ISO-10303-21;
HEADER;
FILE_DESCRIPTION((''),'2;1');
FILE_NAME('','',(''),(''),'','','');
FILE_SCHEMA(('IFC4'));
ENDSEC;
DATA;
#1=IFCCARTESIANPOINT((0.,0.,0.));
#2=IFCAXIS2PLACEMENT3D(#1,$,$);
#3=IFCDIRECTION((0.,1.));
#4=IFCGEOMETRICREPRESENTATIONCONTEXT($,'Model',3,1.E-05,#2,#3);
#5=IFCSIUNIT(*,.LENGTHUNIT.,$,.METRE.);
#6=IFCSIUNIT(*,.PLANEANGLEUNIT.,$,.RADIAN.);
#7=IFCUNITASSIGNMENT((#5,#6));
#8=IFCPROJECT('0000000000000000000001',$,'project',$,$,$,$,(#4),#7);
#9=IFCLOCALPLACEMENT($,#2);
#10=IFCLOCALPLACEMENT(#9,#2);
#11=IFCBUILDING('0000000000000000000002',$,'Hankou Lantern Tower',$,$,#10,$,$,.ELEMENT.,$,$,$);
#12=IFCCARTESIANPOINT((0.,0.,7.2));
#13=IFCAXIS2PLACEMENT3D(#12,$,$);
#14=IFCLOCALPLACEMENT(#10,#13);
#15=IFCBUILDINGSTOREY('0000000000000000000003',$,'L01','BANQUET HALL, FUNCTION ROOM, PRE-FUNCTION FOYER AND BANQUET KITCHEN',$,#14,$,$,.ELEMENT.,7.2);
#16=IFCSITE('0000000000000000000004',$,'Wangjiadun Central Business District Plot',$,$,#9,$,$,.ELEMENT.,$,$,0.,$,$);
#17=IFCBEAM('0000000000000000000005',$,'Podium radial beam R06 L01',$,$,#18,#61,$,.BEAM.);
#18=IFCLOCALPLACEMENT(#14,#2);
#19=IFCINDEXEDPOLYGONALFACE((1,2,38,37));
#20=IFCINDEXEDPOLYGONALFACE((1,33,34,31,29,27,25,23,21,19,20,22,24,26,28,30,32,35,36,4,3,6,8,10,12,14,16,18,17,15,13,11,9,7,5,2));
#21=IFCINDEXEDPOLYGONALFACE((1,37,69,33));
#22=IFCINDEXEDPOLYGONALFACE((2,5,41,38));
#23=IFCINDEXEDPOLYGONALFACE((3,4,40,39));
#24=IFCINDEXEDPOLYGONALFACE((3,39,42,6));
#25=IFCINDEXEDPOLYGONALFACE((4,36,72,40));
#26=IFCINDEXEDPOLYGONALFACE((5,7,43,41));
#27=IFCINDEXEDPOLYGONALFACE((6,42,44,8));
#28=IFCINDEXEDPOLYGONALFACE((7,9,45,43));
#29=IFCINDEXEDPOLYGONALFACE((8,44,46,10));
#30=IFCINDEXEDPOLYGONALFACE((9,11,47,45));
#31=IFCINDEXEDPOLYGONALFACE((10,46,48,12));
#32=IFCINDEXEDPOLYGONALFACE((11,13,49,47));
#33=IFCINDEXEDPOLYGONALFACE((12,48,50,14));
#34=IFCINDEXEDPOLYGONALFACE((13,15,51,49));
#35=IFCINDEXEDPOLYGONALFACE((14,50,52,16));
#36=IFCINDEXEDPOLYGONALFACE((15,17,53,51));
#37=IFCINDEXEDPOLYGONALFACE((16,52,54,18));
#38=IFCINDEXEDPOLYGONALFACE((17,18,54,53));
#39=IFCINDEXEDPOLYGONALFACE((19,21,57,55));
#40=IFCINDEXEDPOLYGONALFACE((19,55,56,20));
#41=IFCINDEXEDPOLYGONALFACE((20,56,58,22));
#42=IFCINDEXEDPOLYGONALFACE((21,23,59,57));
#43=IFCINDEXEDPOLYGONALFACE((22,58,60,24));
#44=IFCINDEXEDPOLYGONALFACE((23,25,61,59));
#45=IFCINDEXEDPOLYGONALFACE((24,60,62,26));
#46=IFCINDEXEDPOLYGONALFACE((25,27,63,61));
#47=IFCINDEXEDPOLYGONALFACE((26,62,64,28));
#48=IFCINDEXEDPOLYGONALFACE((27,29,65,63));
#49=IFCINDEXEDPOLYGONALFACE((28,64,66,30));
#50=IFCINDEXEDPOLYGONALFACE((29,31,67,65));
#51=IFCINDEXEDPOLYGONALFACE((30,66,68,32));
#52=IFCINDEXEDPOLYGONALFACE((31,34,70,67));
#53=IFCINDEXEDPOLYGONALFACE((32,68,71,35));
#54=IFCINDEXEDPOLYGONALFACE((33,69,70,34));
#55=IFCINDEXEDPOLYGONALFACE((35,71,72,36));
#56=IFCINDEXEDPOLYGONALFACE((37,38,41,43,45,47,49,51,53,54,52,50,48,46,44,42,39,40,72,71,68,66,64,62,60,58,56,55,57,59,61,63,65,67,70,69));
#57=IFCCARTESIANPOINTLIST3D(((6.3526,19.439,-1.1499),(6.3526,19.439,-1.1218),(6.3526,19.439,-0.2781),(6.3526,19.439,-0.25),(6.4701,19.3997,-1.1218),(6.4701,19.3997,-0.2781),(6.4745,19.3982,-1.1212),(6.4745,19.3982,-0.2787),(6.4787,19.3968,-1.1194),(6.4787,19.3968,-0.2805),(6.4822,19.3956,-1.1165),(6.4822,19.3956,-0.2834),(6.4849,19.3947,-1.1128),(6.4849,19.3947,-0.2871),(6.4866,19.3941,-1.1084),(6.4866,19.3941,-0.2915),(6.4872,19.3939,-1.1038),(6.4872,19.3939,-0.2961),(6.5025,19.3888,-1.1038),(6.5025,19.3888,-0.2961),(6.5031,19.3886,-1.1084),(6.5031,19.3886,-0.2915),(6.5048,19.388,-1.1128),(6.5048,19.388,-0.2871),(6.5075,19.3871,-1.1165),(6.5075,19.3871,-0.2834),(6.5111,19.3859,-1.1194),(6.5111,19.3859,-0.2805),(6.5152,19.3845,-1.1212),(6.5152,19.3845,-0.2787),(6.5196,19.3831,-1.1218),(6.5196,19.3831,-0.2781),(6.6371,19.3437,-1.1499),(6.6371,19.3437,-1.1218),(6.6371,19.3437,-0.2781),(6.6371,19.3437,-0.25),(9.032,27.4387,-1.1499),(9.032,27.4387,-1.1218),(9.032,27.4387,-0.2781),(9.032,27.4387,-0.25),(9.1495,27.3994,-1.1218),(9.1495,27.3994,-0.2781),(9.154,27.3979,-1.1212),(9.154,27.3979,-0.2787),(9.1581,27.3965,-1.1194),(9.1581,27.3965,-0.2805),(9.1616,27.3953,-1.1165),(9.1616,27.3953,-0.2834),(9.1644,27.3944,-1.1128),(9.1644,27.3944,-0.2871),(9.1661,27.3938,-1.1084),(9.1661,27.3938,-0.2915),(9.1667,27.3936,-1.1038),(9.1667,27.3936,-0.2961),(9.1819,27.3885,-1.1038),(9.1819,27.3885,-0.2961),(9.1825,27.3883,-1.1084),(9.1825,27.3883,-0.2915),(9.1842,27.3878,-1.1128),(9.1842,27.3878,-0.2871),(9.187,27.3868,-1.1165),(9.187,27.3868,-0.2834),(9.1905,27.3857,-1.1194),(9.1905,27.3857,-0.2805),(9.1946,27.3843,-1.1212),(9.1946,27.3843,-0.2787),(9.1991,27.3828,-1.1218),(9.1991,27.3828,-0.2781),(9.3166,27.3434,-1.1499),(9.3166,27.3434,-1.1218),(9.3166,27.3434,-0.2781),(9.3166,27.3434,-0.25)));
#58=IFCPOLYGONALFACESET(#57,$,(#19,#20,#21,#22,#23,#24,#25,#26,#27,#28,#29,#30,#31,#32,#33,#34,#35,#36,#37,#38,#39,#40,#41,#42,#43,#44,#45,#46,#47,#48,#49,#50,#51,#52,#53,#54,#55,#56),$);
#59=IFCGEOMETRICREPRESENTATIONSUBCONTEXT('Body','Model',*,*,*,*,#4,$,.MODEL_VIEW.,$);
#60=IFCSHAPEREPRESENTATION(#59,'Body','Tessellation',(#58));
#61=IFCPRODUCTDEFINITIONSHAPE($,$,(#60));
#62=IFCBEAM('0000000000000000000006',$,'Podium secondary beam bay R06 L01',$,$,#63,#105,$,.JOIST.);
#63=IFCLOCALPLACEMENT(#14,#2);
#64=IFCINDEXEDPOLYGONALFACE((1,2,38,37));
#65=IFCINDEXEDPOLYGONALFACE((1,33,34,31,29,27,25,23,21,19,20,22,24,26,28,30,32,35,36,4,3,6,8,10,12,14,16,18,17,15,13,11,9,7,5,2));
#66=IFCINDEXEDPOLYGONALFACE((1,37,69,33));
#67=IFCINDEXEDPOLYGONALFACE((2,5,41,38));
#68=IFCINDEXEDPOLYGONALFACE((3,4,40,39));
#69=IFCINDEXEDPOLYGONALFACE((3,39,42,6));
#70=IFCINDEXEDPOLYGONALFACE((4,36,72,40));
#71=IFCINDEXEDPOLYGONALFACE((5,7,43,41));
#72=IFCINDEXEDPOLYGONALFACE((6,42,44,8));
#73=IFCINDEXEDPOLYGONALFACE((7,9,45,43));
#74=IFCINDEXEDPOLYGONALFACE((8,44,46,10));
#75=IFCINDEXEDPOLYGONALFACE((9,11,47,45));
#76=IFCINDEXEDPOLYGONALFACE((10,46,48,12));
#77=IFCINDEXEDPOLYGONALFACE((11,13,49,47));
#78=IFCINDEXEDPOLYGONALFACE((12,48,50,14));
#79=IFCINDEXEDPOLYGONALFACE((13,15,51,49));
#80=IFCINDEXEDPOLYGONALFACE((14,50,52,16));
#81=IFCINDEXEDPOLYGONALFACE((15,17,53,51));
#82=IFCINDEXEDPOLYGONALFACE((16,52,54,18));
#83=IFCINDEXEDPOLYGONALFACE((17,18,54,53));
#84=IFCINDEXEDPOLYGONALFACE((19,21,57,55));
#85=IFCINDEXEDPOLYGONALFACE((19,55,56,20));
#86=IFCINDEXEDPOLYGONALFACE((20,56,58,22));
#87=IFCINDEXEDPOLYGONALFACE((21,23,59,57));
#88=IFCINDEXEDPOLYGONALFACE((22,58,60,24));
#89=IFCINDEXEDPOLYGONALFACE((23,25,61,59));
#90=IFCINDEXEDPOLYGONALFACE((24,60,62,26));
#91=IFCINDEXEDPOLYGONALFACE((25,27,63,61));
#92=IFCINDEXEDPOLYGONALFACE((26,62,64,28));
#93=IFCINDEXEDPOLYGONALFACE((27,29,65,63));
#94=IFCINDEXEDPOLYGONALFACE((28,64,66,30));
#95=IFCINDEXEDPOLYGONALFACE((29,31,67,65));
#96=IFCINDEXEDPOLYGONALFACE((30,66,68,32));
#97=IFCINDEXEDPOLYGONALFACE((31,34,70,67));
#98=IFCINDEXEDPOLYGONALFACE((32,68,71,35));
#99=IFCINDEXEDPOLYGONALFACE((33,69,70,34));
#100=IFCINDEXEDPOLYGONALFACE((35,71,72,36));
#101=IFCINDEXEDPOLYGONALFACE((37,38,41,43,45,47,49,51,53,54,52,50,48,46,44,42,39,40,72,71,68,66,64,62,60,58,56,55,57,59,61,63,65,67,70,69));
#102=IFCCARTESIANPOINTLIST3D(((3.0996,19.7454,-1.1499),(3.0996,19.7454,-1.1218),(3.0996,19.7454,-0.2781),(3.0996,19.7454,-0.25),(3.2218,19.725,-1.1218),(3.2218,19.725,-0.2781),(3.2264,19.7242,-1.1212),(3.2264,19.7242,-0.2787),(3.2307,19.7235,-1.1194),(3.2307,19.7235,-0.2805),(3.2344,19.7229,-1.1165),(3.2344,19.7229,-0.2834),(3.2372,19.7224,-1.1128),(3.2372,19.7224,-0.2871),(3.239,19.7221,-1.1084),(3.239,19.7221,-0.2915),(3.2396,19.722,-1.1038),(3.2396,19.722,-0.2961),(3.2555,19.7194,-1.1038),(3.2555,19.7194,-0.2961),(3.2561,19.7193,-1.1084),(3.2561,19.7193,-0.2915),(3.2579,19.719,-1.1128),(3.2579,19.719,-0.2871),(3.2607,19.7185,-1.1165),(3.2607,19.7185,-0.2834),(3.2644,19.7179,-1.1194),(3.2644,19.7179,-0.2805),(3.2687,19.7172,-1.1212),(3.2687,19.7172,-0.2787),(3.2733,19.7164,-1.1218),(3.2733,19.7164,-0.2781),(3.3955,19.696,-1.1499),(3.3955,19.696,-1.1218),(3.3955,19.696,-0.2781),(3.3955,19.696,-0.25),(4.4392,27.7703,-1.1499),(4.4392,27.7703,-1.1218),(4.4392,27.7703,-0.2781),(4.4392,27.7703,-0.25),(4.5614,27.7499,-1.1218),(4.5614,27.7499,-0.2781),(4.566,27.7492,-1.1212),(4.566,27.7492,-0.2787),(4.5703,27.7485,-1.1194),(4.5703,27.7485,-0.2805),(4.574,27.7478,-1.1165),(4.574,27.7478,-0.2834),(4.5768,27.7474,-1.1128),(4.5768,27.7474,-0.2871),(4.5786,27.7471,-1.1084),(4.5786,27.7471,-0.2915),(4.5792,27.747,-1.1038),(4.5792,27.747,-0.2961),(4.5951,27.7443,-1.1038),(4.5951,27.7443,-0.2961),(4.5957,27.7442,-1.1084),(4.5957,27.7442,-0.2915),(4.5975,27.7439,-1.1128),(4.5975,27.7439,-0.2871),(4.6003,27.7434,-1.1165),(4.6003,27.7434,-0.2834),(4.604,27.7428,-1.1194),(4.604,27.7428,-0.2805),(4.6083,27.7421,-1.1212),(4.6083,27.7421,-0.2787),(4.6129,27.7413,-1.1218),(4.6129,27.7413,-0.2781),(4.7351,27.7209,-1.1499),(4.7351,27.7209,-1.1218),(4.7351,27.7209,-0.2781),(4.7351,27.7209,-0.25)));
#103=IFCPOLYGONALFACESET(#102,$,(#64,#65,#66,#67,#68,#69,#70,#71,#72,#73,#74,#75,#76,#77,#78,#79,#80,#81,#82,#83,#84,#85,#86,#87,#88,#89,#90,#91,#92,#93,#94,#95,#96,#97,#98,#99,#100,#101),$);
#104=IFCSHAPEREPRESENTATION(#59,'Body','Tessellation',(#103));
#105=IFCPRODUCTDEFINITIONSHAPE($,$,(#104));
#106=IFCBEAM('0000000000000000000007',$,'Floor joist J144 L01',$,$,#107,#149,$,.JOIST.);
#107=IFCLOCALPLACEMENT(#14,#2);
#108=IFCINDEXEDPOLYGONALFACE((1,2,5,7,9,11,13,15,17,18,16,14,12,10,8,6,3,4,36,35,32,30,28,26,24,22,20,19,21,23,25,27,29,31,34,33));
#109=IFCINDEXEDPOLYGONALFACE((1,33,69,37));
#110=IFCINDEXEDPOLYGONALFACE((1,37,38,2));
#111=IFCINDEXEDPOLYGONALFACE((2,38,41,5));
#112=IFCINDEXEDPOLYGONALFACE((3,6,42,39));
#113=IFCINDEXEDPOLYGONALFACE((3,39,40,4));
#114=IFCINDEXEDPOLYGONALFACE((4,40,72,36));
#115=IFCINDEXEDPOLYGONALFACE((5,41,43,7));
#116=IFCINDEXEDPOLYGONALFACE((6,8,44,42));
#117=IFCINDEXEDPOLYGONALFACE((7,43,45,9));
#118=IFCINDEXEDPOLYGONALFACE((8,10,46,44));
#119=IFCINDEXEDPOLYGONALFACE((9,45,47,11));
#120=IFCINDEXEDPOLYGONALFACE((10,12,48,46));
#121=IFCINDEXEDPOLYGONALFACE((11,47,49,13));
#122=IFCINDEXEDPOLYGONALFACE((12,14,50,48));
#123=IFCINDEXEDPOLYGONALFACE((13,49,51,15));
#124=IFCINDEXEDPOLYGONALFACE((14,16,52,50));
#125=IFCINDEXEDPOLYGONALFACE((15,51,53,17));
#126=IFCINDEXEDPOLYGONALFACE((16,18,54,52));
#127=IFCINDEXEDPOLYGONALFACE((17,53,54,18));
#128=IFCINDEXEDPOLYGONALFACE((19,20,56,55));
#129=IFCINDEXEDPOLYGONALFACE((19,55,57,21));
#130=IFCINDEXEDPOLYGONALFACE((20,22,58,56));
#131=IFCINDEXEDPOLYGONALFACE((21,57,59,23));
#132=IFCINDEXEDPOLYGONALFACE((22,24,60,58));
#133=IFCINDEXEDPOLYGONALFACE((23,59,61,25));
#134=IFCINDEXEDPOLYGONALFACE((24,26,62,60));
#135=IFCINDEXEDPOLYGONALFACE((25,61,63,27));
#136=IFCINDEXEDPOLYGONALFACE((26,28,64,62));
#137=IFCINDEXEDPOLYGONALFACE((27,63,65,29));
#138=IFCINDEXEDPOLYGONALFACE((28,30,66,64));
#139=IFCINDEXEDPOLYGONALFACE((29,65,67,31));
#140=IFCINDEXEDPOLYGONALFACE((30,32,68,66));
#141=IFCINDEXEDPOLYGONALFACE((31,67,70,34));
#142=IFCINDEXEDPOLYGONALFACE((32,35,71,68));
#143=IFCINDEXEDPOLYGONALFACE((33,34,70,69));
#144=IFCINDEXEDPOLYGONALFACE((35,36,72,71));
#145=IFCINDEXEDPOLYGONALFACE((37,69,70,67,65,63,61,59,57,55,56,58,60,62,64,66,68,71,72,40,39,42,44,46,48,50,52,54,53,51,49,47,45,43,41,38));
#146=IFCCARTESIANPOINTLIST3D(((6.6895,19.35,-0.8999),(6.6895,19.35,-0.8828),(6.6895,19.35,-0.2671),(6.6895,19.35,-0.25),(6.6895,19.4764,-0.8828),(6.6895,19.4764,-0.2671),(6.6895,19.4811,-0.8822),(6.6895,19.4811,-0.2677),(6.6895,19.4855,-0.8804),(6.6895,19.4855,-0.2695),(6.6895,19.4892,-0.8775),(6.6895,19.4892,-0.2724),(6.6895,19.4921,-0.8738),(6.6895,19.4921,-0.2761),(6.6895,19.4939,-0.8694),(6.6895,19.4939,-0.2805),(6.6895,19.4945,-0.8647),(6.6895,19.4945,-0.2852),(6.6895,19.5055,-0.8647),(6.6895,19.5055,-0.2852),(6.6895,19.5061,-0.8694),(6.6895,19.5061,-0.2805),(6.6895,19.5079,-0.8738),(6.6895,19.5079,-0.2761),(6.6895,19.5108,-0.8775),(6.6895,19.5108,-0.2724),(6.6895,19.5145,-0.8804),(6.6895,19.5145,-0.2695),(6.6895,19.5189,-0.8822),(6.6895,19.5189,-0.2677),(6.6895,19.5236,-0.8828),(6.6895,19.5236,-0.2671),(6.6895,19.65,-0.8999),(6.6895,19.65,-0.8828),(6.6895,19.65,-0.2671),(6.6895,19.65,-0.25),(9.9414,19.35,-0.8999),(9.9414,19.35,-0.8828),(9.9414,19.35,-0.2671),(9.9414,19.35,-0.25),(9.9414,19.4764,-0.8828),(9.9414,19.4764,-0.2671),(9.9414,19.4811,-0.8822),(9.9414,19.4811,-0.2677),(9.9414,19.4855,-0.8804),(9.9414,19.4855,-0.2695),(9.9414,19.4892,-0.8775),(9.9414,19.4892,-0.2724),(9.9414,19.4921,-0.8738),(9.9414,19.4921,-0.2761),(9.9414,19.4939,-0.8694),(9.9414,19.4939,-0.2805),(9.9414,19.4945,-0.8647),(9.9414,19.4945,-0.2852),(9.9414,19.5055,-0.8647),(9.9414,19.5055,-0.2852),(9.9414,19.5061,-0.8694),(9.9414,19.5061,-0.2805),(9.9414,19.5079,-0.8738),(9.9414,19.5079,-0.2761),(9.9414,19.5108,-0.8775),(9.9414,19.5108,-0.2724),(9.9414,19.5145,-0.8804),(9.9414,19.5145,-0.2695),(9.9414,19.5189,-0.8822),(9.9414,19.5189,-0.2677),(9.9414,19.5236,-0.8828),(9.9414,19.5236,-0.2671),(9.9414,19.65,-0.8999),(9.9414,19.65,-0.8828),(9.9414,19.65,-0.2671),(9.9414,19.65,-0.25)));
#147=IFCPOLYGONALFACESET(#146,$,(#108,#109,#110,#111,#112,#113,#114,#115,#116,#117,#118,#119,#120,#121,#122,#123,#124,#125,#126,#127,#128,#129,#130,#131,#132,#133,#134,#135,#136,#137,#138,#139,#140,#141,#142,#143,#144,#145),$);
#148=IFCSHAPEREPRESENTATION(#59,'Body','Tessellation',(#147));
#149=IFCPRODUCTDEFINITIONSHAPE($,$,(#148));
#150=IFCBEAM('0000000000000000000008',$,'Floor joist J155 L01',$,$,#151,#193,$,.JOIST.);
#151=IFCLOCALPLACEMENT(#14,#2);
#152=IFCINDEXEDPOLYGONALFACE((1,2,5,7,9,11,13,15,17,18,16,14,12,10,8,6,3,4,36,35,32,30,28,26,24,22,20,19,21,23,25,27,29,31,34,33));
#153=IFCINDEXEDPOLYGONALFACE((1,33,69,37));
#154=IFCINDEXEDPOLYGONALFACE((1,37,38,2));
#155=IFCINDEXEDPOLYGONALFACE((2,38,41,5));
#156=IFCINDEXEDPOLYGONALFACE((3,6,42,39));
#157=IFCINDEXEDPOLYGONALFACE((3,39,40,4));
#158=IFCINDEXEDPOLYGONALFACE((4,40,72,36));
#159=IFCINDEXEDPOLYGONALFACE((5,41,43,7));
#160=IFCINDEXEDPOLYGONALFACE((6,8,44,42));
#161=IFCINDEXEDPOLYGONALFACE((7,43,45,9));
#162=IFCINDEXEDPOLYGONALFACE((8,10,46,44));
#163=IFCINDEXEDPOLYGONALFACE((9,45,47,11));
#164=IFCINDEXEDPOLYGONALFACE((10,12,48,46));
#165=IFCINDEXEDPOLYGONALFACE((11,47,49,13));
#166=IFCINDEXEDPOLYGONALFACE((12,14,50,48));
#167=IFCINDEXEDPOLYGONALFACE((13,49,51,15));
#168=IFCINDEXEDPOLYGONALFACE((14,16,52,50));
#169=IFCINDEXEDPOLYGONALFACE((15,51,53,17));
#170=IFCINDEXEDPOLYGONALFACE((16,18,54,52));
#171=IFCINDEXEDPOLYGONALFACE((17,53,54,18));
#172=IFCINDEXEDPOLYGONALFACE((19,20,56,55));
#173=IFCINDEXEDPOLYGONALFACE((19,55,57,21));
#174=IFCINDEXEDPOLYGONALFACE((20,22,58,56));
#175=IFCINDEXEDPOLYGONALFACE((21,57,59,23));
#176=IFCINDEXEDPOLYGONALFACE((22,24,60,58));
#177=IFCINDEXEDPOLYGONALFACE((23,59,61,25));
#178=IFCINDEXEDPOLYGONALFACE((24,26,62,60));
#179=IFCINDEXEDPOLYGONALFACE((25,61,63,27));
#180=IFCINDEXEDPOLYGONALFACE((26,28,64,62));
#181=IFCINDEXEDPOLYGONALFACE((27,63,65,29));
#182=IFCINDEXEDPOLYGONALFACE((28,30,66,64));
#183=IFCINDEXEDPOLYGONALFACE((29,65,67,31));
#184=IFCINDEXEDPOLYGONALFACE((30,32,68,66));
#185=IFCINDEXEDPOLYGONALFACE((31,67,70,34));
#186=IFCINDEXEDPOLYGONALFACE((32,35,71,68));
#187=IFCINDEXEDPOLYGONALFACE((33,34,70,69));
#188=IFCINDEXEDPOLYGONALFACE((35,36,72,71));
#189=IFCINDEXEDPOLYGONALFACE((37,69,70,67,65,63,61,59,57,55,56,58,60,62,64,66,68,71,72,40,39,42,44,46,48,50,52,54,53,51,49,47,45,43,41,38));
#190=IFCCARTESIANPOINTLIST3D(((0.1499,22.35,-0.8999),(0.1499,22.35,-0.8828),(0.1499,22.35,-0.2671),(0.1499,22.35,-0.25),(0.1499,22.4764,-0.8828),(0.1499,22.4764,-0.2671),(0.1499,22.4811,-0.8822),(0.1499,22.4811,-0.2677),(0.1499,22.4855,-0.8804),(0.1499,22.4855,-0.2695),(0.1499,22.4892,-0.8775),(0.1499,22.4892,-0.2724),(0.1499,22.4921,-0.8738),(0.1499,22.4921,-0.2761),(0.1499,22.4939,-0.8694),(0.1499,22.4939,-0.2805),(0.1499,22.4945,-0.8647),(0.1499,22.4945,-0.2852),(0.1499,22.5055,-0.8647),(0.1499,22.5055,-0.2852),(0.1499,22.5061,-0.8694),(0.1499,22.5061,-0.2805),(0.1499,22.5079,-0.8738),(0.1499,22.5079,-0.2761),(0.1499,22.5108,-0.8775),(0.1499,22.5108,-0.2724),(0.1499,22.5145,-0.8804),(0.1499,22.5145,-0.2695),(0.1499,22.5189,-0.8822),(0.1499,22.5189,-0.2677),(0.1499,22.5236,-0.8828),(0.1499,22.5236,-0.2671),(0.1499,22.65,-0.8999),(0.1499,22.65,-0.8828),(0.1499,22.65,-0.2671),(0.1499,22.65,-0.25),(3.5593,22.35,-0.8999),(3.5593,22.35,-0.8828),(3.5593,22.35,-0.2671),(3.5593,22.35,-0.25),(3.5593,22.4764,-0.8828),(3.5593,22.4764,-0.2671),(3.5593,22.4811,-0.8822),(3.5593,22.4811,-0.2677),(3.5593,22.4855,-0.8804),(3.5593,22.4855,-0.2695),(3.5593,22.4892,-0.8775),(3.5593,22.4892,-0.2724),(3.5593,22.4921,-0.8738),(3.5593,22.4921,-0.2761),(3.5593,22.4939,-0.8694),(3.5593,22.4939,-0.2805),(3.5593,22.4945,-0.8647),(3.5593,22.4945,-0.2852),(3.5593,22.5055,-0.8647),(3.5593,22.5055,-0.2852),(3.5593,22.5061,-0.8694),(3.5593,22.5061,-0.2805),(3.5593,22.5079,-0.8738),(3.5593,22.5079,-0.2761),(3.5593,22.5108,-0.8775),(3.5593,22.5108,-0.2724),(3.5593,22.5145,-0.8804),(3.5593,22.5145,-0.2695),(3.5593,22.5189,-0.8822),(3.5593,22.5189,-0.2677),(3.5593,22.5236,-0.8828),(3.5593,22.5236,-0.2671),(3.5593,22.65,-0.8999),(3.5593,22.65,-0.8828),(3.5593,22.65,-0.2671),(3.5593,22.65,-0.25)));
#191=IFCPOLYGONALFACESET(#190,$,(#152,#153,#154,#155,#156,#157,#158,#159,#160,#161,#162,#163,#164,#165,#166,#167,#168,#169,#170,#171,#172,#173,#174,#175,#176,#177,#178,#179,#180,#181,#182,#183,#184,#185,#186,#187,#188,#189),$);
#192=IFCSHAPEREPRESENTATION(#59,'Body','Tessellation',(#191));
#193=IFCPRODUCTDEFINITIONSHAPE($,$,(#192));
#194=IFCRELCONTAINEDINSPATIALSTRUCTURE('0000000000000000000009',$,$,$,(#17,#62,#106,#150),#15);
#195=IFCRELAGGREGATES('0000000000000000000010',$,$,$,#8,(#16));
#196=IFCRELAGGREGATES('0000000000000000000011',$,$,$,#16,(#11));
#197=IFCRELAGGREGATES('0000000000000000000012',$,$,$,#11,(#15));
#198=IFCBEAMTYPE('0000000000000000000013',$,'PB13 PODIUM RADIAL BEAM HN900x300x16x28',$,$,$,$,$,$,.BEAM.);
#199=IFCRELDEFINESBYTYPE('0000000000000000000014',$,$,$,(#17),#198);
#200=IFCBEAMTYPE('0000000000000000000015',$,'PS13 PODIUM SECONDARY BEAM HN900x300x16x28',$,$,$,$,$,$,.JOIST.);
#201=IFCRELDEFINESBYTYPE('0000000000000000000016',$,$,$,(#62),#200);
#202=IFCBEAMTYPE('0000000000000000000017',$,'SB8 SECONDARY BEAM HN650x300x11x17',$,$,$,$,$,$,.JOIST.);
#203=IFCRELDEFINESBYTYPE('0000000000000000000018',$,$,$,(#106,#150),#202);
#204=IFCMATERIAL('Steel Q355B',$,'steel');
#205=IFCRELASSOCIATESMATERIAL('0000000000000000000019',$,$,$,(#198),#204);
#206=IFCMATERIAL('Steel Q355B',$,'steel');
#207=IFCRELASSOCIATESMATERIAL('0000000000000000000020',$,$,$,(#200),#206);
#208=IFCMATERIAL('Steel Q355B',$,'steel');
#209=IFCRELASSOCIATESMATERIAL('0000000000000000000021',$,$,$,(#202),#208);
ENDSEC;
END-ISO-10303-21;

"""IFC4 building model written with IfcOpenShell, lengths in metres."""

from ifc_helpers import new_model, si_unit, direction, frame, origin, origin_2d, place, context, subcontext, project, spatial, i_section, extrude, material, material_profile, profile_set, type_object, element, save


model = new_model("IFC4")

# Units and contexts
model_context = context("Model", 3, precision=1e-05, world=origin(), true_north=direction((0.0, 1.0)))
body_context = subcontext(model_context, "Body", "Model", "MODEL_VIEW")
ifc_project = project(units=[si_unit("LENGTHUNIT", "METRE"), si_unit("PLANEANGLEUNIT", "RADIAN")], contexts=[model_context])

# Site, building, storey
site_placement = place(None, origin())
site = spatial("IfcSite", under=ifc_project, at=site_placement, Name="Wangjiadun Central Business District Plot", CompositionType="ELEMENT", RefElevation=0.0)
building_placement = place(site_placement, origin())
building = spatial("IfcBuilding", under=site, at=building_placement, Name="Hankou Lantern Tower", CompositionType="ELEMENT")
storey_placement = place(building_placement, frame((0.0, 0.0, 7.2)))
storey = spatial("IfcBuildingStorey", under=building, at=storey_placement, Name="L01", Description="BANQUET HALL, FUNCTION ROOM, PRE-FUNCTION FOYER AND BANQUET KITCHEN", CompositionType="ELEMENT", Elevation=7.2)

# Beams
ifc_material_1 = material(Name="Steel Q355B", Category="steel")
ifc_material_profile_1 = material_profile(ifc_material_1, i_section(OverallWidth=0.3, OverallDepth=0.8999, WebThickness=0.0161, FlangeThickness=0.0281, FilletRadius=0.0181, at=origin_2d()), Name="HN900x300x16x28")
ifc_profile_set_1 = profile_set([ifc_material_profile_1], Name="Steel Q355B")
beam_type_1 = type_object("IfcBeamType", Name="PB13 PODIUM RADIAL BEAM HN900x300x16x28", PredefinedType="BEAM", material=ifc_profile_set_1)
beam_1_placement = place(storey_placement, frame((6.4949, 19.3914, -0.7), z_axis=(0.317599, 0.948225, 0.0), x_axis=(-0.948225, 0.317599, 0.0)))
element("IfcBeam", 1, at=beam_1_placement, inside=storey, type_object=beam_type_1, Name="Podium radial beam R06 L01", PredefinedType="BEAM", context=body_context, shape_type="SweptSolid", body=[
    extrude(i_section(OverallWidth=0.3, OverallDepth=0.8999, WebThickness=0.0161, FlangeThickness=0.0281, FilletRadius=0.0181, at=origin_2d()), origin(), (0.0, 0.0, 1.0), 8.4365),
])
ifc_material_2 = material(Name="Steel Q355B", Category="steel")
ifc_material_profile_2 = material_profile(ifc_material_2, i_section(OverallWidth=0.3, OverallDepth=0.8999, WebThickness=0.0161, FlangeThickness=0.0281, FilletRadius=0.0181, at=origin_2d()), Name="HN900x300x16x28")
ifc_profile_set_2 = profile_set([ifc_material_profile_2], Name="Steel Q355B")
beam_type_2 = type_object("IfcBeamType", Name="PS13 PODIUM SECONDARY BEAM HN900x300x16x28", PredefinedType="JOIST", material=ifc_profile_set_2)
beam_2_placement = place(storey_placement, frame((3.2476, 19.7207, -0.7), z_axis=(0.164652, 0.986352, 0.0), x_axis=(-0.986352, 0.164652, 0.0)))
element("IfcBeam", 2, at=beam_2_placement, inside=storey, type_object=beam_type_2, Name="Podium secondary beam bay R06 L01", PredefinedType="JOIST", context=body_context, shape_type="SweptSolid", body=[
    extrude(i_section(OverallWidth=0.3, OverallDepth=0.8999, WebThickness=0.0161, FlangeThickness=0.0281, FilletRadius=0.0181, at=origin_2d()), origin(), (0.0, 0.0, 1.0), 8.136),
])
ifc_material_3 = material(Name="Steel Q355B", Category="steel")
ifc_material_profile_3 = material_profile(ifc_material_3, i_section(OverallWidth=0.3, OverallDepth=0.6499, WebThickness=0.011, FlangeThickness=0.0171, FilletRadius=0.0181, at=origin_2d()), Name="HN650x300x11x17")
ifc_profile_set_3 = profile_set([ifc_material_profile_3], Name="Steel Q355B")
beam_type_3 = type_object("IfcBeamType", Name="SB8 SECONDARY BEAM HN650x300x11x17", PredefinedType="JOIST", material=ifc_profile_set_3)
beam_3_placement = place(storey_placement, frame((6.6895, 19.5, -0.575), z_axis=(1.0, 0.0, 0.0), x_axis=(0.0, 1.0, 0.0)))
element("IfcBeam", 3, at=beam_3_placement, inside=storey, type_object=beam_type_3, Name="Floor joist J144 L01", PredefinedType="JOIST", context=body_context, shape_type="SweptSolid", body=[
    extrude(i_section(OverallWidth=0.3, OverallDepth=0.6499, WebThickness=0.011, FlangeThickness=0.0171, FilletRadius=0.0181, at=origin_2d()), origin(), (0.0, 0.0, 1.0), 3.252),
])
beam_4_placement = place(storey_placement, frame((0.1499, 22.5, -0.575), z_axis=(1.0, 0.0, 0.0), x_axis=(0.0, 1.0, 0.0)))
element("IfcBeam", 4, at=beam_4_placement, inside=storey, type_object=beam_type_3, Name="Floor joist J155 L01", PredefinedType="JOIST", context=body_context, shape_type="SweptSolid", body=[
    extrude(i_section(OverallWidth=0.3, OverallDepth=0.6499, WebThickness=0.011, FlangeThickness=0.0171, FilletRadius=0.0181, at=origin_2d()), origin(), (0.0, 0.0, 1.0), 3.4094),
])

save(model, "model.ifc")
